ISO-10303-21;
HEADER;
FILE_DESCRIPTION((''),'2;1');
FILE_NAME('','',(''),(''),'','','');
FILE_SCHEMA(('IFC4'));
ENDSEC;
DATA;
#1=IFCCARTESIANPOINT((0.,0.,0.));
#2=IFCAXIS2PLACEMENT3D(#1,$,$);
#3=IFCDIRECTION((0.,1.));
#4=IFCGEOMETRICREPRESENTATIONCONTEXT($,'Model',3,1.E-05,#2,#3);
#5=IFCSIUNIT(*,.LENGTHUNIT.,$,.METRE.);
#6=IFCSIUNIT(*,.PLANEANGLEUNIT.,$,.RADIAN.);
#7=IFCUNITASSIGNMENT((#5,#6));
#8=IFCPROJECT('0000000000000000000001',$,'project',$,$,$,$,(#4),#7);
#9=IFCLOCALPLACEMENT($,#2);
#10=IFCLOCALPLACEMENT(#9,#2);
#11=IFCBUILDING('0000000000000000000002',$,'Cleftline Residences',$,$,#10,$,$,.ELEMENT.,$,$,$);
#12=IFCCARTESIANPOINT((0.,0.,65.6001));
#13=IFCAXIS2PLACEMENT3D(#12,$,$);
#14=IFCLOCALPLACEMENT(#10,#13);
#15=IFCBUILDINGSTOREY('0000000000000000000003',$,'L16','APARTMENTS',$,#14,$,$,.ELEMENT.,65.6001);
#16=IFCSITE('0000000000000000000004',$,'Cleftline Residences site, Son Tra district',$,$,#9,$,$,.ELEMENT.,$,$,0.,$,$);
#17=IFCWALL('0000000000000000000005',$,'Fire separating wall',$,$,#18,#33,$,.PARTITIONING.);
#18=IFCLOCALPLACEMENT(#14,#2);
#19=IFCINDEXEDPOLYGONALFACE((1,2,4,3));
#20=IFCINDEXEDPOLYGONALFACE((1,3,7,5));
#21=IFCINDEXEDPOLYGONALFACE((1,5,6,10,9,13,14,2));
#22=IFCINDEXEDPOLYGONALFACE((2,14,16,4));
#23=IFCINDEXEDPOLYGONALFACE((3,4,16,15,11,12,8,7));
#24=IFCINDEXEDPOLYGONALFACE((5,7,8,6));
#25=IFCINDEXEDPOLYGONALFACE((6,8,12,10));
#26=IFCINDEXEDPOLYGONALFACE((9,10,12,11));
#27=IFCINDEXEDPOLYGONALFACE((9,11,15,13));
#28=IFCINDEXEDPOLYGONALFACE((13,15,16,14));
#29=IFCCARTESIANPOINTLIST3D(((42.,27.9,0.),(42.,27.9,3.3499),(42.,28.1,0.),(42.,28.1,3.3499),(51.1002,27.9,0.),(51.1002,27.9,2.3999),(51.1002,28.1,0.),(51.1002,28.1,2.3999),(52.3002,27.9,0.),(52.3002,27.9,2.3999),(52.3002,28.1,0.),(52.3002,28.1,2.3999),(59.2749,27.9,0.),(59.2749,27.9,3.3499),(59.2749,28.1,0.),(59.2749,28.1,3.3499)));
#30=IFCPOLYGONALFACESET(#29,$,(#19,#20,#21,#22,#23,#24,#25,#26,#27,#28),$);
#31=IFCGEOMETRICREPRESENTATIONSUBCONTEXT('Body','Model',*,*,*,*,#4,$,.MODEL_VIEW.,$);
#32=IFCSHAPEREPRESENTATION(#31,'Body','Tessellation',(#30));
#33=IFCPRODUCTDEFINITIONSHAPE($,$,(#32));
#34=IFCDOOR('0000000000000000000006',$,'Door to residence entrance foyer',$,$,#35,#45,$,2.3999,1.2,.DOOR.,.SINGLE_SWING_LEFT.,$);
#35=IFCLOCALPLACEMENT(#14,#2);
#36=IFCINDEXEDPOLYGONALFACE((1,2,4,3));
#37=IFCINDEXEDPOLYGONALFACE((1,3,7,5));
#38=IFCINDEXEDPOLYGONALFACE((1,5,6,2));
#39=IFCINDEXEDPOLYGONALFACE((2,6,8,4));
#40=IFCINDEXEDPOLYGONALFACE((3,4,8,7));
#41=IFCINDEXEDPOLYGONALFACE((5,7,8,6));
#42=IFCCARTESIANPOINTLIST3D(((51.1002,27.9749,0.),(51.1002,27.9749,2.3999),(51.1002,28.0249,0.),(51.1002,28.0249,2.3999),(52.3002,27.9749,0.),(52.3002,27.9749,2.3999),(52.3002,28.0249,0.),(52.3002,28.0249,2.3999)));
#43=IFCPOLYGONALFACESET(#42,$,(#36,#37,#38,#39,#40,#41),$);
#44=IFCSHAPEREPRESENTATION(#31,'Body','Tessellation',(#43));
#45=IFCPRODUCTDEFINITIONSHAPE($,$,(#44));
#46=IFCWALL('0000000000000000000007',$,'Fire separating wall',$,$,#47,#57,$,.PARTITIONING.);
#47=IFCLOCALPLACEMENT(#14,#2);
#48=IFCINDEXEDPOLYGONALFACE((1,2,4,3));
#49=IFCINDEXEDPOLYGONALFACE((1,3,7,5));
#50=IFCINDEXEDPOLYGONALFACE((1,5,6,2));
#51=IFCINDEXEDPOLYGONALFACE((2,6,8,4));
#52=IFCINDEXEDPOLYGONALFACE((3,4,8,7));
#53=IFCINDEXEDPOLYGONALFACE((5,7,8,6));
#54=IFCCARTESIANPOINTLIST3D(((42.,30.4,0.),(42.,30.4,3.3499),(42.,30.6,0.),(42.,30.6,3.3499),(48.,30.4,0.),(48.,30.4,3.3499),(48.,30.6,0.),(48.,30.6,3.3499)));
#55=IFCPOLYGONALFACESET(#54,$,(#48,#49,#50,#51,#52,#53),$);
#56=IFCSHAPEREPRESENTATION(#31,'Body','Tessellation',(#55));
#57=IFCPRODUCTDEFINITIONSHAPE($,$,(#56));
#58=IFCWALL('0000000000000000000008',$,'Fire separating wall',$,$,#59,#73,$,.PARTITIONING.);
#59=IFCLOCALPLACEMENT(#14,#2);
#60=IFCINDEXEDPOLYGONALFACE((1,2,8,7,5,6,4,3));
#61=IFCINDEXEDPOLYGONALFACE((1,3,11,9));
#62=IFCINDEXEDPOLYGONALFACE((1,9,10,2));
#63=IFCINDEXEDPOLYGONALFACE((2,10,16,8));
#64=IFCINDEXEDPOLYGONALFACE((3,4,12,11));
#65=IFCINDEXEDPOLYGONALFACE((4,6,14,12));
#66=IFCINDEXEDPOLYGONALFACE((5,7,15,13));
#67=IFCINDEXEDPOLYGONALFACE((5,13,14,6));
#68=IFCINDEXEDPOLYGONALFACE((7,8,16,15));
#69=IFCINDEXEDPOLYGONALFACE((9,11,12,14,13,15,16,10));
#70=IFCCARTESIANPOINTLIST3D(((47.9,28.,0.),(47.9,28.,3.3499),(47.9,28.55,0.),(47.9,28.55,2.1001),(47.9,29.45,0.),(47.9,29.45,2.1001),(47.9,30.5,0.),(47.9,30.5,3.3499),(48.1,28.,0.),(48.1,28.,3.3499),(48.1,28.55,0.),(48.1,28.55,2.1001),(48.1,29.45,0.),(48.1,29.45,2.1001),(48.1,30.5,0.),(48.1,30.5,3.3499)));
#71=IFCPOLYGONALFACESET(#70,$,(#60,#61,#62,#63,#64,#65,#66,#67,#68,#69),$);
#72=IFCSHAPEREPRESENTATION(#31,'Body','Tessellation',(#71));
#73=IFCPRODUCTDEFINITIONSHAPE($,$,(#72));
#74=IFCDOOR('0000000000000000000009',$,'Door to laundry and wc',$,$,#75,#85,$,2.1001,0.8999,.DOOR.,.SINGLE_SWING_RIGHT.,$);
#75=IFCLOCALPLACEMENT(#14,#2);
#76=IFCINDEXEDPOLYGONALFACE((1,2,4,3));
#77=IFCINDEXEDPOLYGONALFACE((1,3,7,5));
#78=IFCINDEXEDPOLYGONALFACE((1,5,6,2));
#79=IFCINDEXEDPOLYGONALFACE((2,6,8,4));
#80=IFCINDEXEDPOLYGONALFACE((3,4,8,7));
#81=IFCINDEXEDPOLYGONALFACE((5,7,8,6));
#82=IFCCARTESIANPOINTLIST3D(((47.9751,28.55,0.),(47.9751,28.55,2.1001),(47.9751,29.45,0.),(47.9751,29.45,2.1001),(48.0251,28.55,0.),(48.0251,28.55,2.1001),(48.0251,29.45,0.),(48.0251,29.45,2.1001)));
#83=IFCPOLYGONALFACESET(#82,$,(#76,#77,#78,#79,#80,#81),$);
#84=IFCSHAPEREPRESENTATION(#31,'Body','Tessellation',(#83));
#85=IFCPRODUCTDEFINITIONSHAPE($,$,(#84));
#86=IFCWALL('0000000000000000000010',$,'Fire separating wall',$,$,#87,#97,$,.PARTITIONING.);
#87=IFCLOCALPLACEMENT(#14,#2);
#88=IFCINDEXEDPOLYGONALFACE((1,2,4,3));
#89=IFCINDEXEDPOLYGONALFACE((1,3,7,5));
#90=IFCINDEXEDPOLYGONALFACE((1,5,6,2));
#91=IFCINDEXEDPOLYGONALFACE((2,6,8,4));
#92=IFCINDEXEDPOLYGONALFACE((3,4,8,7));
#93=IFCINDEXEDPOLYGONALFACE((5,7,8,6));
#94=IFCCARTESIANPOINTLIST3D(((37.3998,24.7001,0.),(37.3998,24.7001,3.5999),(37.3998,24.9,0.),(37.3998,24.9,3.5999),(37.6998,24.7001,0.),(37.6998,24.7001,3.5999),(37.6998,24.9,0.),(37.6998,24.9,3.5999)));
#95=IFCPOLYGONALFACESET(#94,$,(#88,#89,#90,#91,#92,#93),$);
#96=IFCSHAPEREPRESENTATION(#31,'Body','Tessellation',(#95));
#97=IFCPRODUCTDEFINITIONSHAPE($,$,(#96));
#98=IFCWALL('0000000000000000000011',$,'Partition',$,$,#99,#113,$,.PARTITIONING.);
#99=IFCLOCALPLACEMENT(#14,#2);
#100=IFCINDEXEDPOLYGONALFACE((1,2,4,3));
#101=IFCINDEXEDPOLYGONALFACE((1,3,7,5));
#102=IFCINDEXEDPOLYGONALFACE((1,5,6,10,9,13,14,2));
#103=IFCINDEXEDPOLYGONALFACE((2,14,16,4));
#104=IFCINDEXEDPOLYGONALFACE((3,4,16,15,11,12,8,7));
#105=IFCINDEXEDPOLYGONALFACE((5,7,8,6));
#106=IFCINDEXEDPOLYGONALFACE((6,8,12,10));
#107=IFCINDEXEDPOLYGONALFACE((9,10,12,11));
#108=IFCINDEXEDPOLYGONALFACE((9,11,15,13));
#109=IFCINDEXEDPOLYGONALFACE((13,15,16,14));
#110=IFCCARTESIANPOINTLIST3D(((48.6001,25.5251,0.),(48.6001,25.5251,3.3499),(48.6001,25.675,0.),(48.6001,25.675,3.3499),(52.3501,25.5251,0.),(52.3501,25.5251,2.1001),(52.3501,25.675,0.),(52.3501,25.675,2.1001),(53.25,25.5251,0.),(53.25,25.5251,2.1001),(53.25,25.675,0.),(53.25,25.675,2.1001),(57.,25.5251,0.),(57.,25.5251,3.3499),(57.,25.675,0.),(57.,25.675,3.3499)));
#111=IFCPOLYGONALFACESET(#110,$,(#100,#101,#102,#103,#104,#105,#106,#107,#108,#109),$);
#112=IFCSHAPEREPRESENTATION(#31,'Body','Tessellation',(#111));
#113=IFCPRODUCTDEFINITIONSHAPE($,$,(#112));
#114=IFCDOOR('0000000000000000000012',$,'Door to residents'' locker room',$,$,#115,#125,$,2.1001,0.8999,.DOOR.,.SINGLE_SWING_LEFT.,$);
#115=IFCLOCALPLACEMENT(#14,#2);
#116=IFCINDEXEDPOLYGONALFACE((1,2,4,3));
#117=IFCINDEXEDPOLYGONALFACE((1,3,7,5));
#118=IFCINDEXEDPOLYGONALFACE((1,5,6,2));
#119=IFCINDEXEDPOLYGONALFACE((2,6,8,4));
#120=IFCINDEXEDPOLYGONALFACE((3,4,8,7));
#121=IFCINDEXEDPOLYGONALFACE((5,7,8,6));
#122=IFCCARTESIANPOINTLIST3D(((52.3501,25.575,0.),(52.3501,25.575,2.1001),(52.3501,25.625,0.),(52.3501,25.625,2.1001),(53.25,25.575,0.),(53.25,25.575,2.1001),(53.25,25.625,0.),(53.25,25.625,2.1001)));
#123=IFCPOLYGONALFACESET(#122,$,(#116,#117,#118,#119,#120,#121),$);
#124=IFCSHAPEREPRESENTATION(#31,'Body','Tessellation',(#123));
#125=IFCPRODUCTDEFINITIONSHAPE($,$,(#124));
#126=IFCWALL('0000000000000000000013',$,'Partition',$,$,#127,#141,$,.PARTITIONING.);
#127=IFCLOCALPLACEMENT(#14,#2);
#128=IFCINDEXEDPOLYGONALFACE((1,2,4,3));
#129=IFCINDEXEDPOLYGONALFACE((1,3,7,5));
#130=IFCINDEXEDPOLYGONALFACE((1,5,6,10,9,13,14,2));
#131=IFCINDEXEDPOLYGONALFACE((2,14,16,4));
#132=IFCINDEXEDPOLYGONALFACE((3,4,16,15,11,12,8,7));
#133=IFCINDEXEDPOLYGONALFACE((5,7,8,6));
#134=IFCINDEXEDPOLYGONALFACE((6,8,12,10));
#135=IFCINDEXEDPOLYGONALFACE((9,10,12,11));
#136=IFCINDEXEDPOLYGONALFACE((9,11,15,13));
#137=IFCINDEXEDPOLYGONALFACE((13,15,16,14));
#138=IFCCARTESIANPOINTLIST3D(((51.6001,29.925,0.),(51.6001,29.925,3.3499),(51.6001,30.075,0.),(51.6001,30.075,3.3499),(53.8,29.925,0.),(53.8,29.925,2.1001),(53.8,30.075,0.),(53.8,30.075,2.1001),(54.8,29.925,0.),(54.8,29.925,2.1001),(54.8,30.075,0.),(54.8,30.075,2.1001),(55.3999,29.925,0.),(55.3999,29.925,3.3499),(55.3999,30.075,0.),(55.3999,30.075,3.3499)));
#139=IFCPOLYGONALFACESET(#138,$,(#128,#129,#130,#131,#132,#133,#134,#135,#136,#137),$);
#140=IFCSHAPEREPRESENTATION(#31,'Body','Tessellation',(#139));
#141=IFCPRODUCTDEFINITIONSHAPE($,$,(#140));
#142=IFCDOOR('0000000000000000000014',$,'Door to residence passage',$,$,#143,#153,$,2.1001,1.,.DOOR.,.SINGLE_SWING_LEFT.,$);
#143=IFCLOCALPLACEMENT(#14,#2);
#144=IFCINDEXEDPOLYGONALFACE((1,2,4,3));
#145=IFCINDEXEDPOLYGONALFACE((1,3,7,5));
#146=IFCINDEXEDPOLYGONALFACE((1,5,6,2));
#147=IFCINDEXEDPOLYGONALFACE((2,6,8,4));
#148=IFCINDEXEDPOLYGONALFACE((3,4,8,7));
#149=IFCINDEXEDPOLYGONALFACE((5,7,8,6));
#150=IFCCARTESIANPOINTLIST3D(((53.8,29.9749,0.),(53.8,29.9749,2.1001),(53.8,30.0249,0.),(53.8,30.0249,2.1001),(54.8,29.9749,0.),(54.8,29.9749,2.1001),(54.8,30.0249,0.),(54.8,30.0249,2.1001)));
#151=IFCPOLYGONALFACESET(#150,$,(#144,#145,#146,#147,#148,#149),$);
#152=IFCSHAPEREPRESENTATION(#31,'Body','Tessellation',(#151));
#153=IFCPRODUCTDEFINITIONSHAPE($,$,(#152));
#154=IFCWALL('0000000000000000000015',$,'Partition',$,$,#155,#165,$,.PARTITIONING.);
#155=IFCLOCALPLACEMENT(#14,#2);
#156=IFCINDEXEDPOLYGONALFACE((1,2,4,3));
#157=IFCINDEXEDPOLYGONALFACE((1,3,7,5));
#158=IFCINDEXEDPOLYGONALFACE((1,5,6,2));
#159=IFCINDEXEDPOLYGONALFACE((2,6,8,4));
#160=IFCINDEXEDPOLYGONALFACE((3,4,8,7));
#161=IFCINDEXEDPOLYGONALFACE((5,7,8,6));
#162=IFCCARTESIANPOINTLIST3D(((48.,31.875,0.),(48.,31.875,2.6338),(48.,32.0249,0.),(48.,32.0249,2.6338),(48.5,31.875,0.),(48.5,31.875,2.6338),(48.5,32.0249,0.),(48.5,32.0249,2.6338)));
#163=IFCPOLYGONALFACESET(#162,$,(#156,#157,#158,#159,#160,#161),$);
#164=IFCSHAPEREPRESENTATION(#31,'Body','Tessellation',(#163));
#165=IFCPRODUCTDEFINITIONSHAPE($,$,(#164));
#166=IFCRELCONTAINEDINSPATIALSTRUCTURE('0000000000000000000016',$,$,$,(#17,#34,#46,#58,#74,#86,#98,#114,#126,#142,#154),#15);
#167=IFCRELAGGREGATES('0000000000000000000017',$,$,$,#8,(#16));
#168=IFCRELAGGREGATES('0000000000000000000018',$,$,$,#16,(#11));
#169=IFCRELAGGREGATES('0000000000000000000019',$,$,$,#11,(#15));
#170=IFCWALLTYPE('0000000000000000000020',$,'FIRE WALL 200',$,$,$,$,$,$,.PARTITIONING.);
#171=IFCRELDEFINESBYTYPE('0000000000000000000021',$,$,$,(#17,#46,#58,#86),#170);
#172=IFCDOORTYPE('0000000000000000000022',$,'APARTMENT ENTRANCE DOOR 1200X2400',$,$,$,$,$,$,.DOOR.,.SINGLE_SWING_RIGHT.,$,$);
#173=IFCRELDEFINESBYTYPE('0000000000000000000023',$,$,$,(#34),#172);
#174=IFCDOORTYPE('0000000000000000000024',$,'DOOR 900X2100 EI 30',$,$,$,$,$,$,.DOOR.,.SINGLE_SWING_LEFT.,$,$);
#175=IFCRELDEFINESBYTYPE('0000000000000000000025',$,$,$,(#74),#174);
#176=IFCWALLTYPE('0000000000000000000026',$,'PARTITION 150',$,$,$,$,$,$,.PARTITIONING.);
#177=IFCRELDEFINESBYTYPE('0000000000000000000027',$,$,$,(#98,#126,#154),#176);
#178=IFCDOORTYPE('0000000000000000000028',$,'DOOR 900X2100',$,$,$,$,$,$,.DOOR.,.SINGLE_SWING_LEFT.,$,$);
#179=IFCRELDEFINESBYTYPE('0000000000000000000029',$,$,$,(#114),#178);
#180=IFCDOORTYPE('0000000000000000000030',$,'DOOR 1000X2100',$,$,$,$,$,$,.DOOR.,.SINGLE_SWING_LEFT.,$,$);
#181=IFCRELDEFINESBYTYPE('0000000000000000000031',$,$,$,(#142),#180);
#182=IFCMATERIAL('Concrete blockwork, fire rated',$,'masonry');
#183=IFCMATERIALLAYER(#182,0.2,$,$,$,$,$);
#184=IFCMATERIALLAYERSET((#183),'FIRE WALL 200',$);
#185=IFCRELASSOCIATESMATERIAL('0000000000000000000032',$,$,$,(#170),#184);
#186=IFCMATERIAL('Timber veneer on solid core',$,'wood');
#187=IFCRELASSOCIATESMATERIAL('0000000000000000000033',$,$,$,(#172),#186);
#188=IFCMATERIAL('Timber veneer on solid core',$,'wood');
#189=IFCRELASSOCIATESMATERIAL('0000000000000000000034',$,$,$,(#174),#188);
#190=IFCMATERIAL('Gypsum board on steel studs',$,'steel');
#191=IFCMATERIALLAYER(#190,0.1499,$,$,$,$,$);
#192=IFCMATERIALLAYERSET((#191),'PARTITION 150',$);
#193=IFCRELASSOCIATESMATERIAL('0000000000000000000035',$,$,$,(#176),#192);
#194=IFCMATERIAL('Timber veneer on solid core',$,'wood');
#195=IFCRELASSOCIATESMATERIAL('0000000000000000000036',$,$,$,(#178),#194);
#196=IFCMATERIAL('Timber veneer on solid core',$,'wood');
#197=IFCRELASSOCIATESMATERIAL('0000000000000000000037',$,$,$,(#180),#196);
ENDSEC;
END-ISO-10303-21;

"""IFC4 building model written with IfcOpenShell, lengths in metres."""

from ifc_helpers import new_model, si_unit, direction, frame, frame_2d, origin, place, context, subcontext, project, spatial, rectangle, extrude, material, layer, layer_set, type_object, element, fill, save


model = new_model("IFC4")

# Units and contexts
model_context = context("Model", 3, precision=1e-05, world=origin(), true_north=direction((0.0, 1.0)))
body_context = subcontext(model_context, "Body", "Model", "MODEL_VIEW")
ifc_project = project(units=[si_unit("LENGTHUNIT", "METRE"), si_unit("PLANEANGLEUNIT", "RADIAN")], contexts=[model_context])

# Site, building, storey
site_placement = place(None, origin())
site = spatial("IfcSite", under=ifc_project, at=site_placement, Name="Cleftline Residences site, Son Tra district", CompositionType="ELEMENT", RefElevation=0.0)
building_placement = place(site_placement, origin())
building = spatial("IfcBuilding", under=site, at=building_placement, Name="Cleftline Residences", CompositionType="ELEMENT")
storey_placement = place(building_placement, frame((0.0, 0.0, 65.6001)))
storey = spatial("IfcBuildingStorey", under=building, at=storey_placement, Name="L16", Description="APARTMENTS", CompositionType="ELEMENT", Elevation=65.6001)

# Wall, opening, door
ifc_material_1 = material(Name="Concrete blockwork, fire rated", Category="masonry")
ifc_layer_1 = layer(ifc_material_1, 0.2)
ifc_layer_set_1 = layer_set([ifc_layer_1], Name="FIRE WALL 200")
wall_type_1 = type_object("IfcWallType", Name="FIRE WALL 200", PredefinedType="PARTITIONING", material=ifc_layer_set_1)
wall_1_placement = place(storey_placement, frame((42.0, 28.0, 0.0), z_axis=(0.0, 0.0, 1.0), x_axis=(1.0, 0.0, 0.0)))
wall_1 = element("IfcWall", 1, at=wall_1_placement, inside=storey, type_object=wall_type_1, Name="Fire separating wall", PredefinedType="PARTITIONING", context=body_context, shape_type="SweptSolid", body=[
    extrude(rectangle(XDim=17.2749, YDim=0.2, at=frame_2d((8.6375, 0.0))), origin(), (0.0, 0.0, 1.0), 3.3499),
])
opening_1_placement = place(wall_1_placement, frame((9.1001, 0.0, 0.0)))
opening_1 = element("IfcOpeningElement", 2, at=opening_1_placement, cuts=wall_1, PredefinedType="OPENING", context=body_context, shape_type="SweptSolid", body=[
    extrude(rectangle(XDim=1.2, YDim=2.3999, at=frame_2d((0.6001, 1.2))), frame((0.0, 0.1099, 0.0), z_axis=(0.0, -1.0, 0.0), x_axis=(1.0, 0.0, 0.0)), (0.0, 0.0, 1.0), 0.22),
])
ifc_material_2 = material(Name="Timber veneer on solid core", Category="wood")
door_type_1 = type_object("IfcDoorType", Name="APARTMENT ENTRANCE DOOR 1200X2400", OperationType="SINGLE_SWING_RIGHT", PredefinedType="DOOR", material=ifc_material_2)
door_1_placement = place(opening_1_placement, origin())
door_1 = element("IfcDoor", 3, at=door_1_placement, inside=storey, type_object=door_type_1, Name="Door to residence entrance foyer", OperationType="SINGLE_SWING_LEFT", OverallHeight=2.3999, OverallWidth=1.2, PredefinedType="DOOR", context=body_context, shape_type="SweptSolid", body=[
    extrude(rectangle(XDim=1.2, YDim=2.3999, at=frame_2d((0.6001, 1.2))), frame((0.0, 0.0249, 0.0), z_axis=(0.0, -1.0, 0.0), x_axis=(1.0, 0.0, 0.0)), (0.0, 0.0, 1.0), 0.05),
])
fill(opening_1, door_1)

# Wall
wall_2_placement = place(storey_placement, frame((42.0, 30.5, 0.0), z_axis=(0.0, 0.0, 1.0), x_axis=(1.0, 0.0, 0.0)))
element("IfcWall", 4, at=wall_2_placement, inside=storey, type_object=wall_type_1, Name="Fire separating wall", PredefinedType="PARTITIONING", context=body_context, shape_type="SweptSolid", body=[
    extrude(rectangle(XDim=6.0, YDim=0.2, at=frame_2d((3.0, 0.0))), origin(), (0.0, 0.0, 1.0), 3.3499),
])

# Wall, opening, door
wall_3_placement = place(storey_placement, frame((48.0, 28.0, 0.0), z_axis=(0.0, 0.0, 1.0), x_axis=(0.0, 1.0, 0.0)))
wall_3 = element("IfcWall", 5, at=wall_3_placement, inside=storey, type_object=wall_type_1, Name="Fire separating wall", PredefinedType="PARTITIONING", context=body_context, shape_type="SweptSolid", body=[
    extrude(rectangle(XDim=2.5, YDim=0.2, at=frame_2d((1.25, 0.0))), origin(), (0.0, 0.0, 1.0), 3.3499),
])
opening_2_placement = place(wall_3_placement, frame((0.55, 0.0, 0.0)))
opening_2 = element("IfcOpeningElement", 6, at=opening_2_placement, cuts=wall_3, PredefinedType="OPENING", context=body_context, shape_type="SweptSolid", body=[
    extrude(rectangle(XDim=0.8999, YDim=2.1001, at=frame_2d((0.45, 1.05))), frame((0.0, 0.1099, 0.0), z_axis=(0.0, -1.0, 0.0), x_axis=(1.0, 0.0, 0.0)), (0.0, 0.0, 1.0), 0.22),
])
ifc_material_3 = material(Name="Timber veneer on solid core", Category="wood")
door_type_2 = type_object("IfcDoorType", Name="DOOR 900X2100 EI 30", OperationType="SINGLE_SWING_LEFT", PredefinedType="DOOR", material=ifc_material_3)
door_2_placement = place(opening_2_placement, origin())
door_2 = element("IfcDoor", 7, at=door_2_placement, inside=storey, type_object=door_type_2, Name="Door to laundry and wc", OperationType="SINGLE_SWING_RIGHT", OverallHeight=2.1001, OverallWidth=0.8999, PredefinedType="DOOR", context=body_context, shape_type="SweptSolid", body=[
    extrude(rectangle(XDim=0.8999, YDim=2.1001, at=frame_2d((0.45, 1.05))), frame((0.0, 0.0249, 0.0), z_axis=(0.0, -1.0, 0.0), x_axis=(1.0, 0.0, 0.0)), (0.0, 0.0, 1.0), 0.05),
])
fill(opening_2, door_2)

# Wall
wall_4_placement = place(storey_placement, frame((37.3999, 24.8, 0.0), z_axis=(0.0, 0.0, 1.0), x_axis=(1.0, 0.0, 0.0)))
element("IfcWall", 8, at=wall_4_placement, inside=storey, type_object=wall_type_1, Name="Fire separating wall", PredefinedType="PARTITIONING", context=body_context, shape_type="SweptSolid", body=[
    extrude(rectangle(XDim=0.3, YDim=0.2, at=frame_2d((0.1499, 0.0))), origin(), (0.0, 0.0, 1.0), 3.5999),
])

# Walls, openings, doors
ifc_material_4 = material(Name="Gypsum board on steel studs", Category="steel")
ifc_layer_2 = layer(ifc_material_4, 0.1499)
ifc_layer_set_2 = layer_set([ifc_layer_2], Name="PARTITION 150")
wall_type_2 = type_object("IfcWallType", Name="PARTITION 150", PredefinedType="PARTITIONING", material=ifc_layer_set_2)
wall_5_placement = place(storey_placement, frame((48.6001, 25.6001, 0.0), z_axis=(0.0, 0.0, 1.0), x_axis=(1.0, 0.0, 0.0)))
wall_5 = element("IfcWall", 9, at=wall_5_placement, inside=storey, type_object=wall_type_2, Name="Partition", PredefinedType="PARTITIONING", context=body_context, shape_type="SweptSolid", body=[
    extrude(rectangle(XDim=8.3999, YDim=0.1499, at=frame_2d((4.2, 0.0))), origin(), (0.0, 0.0, 1.0), 3.3499),
])
opening_3_placement = place(wall_5_placement, frame((3.75, 0.0, 0.0)))
opening_3 = element("IfcOpeningElement", 10, at=opening_3_placement, cuts=wall_5, PredefinedType="OPENING", context=body_context, shape_type="SweptSolid", body=[
    extrude(rectangle(XDim=0.8999, YDim=2.1001, at=frame_2d((0.45, 1.05))), frame((0.0, 0.085, 0.0), z_axis=(0.0, -1.0, 0.0), x_axis=(1.0, 0.0, 0.0)), (0.0, 0.0, 1.0), 0.1699),
])
ifc_material_5 = material(Name="Timber veneer on solid core", Category="wood")
door_type_3 = type_object("IfcDoorType", Name="DOOR 900X2100", OperationType="SINGLE_SWING_LEFT", PredefinedType="DOOR", material=ifc_material_5)
door_3_placement = place(opening_3_placement, origin())
door_3 = element("IfcDoor", 11, at=door_3_placement, inside=storey, type_object=door_type_3, Name="Door to residents' locker room", OperationType="SINGLE_SWING_LEFT", OverallHeight=2.1001, OverallWidth=0.8999, PredefinedType="DOOR", context=body_context, shape_type="SweptSolid", body=[
    extrude(rectangle(XDim=0.8999, YDim=2.1001, at=frame_2d((0.45, 1.05))), frame((0.0, 0.0249, 0.0), z_axis=(0.0, -1.0, 0.0), x_axis=(1.0, 0.0, 0.0)), (0.0, 0.0, 1.0), 0.05),
])
fill(opening_3, door_3)
wall_6_placement = place(storey_placement, frame((51.6001, 30.0, 0.0), z_axis=(0.0, 0.0, 1.0), x_axis=(1.0, 0.0, 0.0)))
wall_6 = element("IfcWall", 12, at=wall_6_placement, inside=storey, type_object=wall_type_2, Name="Partition", PredefinedType="PARTITIONING", context=body_context, shape_type="SweptSolid", body=[
    extrude(rectangle(XDim=3.7998, YDim=0.1499, at=frame_2d((1.8999, 0.0))), origin(), (0.0, 0.0, 1.0), 3.3499),
])
opening_4_placement = place(wall_6_placement, frame((2.2, 0.0, 0.0)))
opening_4 = element("IfcOpeningElement", 13, at=opening_4_placement, cuts=wall_6, PredefinedType="OPENING", context=body_context, shape_type="SweptSolid", body=[
    extrude(rectangle(XDim=1.0, YDim=2.1001, at=frame_2d((0.5, 1.05))), frame((0.0, 0.085, 0.0), z_axis=(0.0, -1.0, 0.0), x_axis=(1.0, 0.0, 0.0)), (0.0, 0.0, 1.0), 0.1699),
])
ifc_material_6 = material(Name="Timber veneer on solid core", Category="wood")
door_type_4 = type_object("IfcDoorType", Name="DOOR 1000X2100", OperationType="SINGLE_SWING_LEFT", PredefinedType="DOOR", material=ifc_material_6)
door_4_placement = place(opening_4_placement, origin())
door_4 = element("IfcDoor", 14, at=door_4_placement, inside=storey, type_object=door_type_4, Name="Door to residence passage", OperationType="SINGLE_SWING_LEFT", OverallHeight=2.1001, OverallWidth=1.0, PredefinedType="DOOR", context=body_context, shape_type="SweptSolid", body=[
    extrude(rectangle(XDim=1.0, YDim=2.1001, at=frame_2d((0.5, 1.05))), frame((0.0, 0.0249, 0.0), z_axis=(0.0, -1.0, 0.0), x_axis=(1.0, 0.0, 0.0)), (0.0, 0.0, 1.0), 0.05),
])
fill(opening_4, door_4)

# Wall
wall_7_placement = place(storey_placement, frame((48.0, 31.95, 0.0), z_axis=(0.0, 0.0, 1.0), x_axis=(1.0, 0.0, 0.0)))
element("IfcWall", 15, at=wall_7_placement, inside=storey, type_object=wall_type_2, Name="Partition", PredefinedType="PARTITIONING", context=body_context, shape_type="SweptSolid", body=[
    extrude(rectangle(XDim=0.5, YDim=0.1499, at=frame_2d((0.25, 0.0))), origin(), (0.0, 0.0, 1.0), 2.6338),
])

save(model, "model.ifc")
